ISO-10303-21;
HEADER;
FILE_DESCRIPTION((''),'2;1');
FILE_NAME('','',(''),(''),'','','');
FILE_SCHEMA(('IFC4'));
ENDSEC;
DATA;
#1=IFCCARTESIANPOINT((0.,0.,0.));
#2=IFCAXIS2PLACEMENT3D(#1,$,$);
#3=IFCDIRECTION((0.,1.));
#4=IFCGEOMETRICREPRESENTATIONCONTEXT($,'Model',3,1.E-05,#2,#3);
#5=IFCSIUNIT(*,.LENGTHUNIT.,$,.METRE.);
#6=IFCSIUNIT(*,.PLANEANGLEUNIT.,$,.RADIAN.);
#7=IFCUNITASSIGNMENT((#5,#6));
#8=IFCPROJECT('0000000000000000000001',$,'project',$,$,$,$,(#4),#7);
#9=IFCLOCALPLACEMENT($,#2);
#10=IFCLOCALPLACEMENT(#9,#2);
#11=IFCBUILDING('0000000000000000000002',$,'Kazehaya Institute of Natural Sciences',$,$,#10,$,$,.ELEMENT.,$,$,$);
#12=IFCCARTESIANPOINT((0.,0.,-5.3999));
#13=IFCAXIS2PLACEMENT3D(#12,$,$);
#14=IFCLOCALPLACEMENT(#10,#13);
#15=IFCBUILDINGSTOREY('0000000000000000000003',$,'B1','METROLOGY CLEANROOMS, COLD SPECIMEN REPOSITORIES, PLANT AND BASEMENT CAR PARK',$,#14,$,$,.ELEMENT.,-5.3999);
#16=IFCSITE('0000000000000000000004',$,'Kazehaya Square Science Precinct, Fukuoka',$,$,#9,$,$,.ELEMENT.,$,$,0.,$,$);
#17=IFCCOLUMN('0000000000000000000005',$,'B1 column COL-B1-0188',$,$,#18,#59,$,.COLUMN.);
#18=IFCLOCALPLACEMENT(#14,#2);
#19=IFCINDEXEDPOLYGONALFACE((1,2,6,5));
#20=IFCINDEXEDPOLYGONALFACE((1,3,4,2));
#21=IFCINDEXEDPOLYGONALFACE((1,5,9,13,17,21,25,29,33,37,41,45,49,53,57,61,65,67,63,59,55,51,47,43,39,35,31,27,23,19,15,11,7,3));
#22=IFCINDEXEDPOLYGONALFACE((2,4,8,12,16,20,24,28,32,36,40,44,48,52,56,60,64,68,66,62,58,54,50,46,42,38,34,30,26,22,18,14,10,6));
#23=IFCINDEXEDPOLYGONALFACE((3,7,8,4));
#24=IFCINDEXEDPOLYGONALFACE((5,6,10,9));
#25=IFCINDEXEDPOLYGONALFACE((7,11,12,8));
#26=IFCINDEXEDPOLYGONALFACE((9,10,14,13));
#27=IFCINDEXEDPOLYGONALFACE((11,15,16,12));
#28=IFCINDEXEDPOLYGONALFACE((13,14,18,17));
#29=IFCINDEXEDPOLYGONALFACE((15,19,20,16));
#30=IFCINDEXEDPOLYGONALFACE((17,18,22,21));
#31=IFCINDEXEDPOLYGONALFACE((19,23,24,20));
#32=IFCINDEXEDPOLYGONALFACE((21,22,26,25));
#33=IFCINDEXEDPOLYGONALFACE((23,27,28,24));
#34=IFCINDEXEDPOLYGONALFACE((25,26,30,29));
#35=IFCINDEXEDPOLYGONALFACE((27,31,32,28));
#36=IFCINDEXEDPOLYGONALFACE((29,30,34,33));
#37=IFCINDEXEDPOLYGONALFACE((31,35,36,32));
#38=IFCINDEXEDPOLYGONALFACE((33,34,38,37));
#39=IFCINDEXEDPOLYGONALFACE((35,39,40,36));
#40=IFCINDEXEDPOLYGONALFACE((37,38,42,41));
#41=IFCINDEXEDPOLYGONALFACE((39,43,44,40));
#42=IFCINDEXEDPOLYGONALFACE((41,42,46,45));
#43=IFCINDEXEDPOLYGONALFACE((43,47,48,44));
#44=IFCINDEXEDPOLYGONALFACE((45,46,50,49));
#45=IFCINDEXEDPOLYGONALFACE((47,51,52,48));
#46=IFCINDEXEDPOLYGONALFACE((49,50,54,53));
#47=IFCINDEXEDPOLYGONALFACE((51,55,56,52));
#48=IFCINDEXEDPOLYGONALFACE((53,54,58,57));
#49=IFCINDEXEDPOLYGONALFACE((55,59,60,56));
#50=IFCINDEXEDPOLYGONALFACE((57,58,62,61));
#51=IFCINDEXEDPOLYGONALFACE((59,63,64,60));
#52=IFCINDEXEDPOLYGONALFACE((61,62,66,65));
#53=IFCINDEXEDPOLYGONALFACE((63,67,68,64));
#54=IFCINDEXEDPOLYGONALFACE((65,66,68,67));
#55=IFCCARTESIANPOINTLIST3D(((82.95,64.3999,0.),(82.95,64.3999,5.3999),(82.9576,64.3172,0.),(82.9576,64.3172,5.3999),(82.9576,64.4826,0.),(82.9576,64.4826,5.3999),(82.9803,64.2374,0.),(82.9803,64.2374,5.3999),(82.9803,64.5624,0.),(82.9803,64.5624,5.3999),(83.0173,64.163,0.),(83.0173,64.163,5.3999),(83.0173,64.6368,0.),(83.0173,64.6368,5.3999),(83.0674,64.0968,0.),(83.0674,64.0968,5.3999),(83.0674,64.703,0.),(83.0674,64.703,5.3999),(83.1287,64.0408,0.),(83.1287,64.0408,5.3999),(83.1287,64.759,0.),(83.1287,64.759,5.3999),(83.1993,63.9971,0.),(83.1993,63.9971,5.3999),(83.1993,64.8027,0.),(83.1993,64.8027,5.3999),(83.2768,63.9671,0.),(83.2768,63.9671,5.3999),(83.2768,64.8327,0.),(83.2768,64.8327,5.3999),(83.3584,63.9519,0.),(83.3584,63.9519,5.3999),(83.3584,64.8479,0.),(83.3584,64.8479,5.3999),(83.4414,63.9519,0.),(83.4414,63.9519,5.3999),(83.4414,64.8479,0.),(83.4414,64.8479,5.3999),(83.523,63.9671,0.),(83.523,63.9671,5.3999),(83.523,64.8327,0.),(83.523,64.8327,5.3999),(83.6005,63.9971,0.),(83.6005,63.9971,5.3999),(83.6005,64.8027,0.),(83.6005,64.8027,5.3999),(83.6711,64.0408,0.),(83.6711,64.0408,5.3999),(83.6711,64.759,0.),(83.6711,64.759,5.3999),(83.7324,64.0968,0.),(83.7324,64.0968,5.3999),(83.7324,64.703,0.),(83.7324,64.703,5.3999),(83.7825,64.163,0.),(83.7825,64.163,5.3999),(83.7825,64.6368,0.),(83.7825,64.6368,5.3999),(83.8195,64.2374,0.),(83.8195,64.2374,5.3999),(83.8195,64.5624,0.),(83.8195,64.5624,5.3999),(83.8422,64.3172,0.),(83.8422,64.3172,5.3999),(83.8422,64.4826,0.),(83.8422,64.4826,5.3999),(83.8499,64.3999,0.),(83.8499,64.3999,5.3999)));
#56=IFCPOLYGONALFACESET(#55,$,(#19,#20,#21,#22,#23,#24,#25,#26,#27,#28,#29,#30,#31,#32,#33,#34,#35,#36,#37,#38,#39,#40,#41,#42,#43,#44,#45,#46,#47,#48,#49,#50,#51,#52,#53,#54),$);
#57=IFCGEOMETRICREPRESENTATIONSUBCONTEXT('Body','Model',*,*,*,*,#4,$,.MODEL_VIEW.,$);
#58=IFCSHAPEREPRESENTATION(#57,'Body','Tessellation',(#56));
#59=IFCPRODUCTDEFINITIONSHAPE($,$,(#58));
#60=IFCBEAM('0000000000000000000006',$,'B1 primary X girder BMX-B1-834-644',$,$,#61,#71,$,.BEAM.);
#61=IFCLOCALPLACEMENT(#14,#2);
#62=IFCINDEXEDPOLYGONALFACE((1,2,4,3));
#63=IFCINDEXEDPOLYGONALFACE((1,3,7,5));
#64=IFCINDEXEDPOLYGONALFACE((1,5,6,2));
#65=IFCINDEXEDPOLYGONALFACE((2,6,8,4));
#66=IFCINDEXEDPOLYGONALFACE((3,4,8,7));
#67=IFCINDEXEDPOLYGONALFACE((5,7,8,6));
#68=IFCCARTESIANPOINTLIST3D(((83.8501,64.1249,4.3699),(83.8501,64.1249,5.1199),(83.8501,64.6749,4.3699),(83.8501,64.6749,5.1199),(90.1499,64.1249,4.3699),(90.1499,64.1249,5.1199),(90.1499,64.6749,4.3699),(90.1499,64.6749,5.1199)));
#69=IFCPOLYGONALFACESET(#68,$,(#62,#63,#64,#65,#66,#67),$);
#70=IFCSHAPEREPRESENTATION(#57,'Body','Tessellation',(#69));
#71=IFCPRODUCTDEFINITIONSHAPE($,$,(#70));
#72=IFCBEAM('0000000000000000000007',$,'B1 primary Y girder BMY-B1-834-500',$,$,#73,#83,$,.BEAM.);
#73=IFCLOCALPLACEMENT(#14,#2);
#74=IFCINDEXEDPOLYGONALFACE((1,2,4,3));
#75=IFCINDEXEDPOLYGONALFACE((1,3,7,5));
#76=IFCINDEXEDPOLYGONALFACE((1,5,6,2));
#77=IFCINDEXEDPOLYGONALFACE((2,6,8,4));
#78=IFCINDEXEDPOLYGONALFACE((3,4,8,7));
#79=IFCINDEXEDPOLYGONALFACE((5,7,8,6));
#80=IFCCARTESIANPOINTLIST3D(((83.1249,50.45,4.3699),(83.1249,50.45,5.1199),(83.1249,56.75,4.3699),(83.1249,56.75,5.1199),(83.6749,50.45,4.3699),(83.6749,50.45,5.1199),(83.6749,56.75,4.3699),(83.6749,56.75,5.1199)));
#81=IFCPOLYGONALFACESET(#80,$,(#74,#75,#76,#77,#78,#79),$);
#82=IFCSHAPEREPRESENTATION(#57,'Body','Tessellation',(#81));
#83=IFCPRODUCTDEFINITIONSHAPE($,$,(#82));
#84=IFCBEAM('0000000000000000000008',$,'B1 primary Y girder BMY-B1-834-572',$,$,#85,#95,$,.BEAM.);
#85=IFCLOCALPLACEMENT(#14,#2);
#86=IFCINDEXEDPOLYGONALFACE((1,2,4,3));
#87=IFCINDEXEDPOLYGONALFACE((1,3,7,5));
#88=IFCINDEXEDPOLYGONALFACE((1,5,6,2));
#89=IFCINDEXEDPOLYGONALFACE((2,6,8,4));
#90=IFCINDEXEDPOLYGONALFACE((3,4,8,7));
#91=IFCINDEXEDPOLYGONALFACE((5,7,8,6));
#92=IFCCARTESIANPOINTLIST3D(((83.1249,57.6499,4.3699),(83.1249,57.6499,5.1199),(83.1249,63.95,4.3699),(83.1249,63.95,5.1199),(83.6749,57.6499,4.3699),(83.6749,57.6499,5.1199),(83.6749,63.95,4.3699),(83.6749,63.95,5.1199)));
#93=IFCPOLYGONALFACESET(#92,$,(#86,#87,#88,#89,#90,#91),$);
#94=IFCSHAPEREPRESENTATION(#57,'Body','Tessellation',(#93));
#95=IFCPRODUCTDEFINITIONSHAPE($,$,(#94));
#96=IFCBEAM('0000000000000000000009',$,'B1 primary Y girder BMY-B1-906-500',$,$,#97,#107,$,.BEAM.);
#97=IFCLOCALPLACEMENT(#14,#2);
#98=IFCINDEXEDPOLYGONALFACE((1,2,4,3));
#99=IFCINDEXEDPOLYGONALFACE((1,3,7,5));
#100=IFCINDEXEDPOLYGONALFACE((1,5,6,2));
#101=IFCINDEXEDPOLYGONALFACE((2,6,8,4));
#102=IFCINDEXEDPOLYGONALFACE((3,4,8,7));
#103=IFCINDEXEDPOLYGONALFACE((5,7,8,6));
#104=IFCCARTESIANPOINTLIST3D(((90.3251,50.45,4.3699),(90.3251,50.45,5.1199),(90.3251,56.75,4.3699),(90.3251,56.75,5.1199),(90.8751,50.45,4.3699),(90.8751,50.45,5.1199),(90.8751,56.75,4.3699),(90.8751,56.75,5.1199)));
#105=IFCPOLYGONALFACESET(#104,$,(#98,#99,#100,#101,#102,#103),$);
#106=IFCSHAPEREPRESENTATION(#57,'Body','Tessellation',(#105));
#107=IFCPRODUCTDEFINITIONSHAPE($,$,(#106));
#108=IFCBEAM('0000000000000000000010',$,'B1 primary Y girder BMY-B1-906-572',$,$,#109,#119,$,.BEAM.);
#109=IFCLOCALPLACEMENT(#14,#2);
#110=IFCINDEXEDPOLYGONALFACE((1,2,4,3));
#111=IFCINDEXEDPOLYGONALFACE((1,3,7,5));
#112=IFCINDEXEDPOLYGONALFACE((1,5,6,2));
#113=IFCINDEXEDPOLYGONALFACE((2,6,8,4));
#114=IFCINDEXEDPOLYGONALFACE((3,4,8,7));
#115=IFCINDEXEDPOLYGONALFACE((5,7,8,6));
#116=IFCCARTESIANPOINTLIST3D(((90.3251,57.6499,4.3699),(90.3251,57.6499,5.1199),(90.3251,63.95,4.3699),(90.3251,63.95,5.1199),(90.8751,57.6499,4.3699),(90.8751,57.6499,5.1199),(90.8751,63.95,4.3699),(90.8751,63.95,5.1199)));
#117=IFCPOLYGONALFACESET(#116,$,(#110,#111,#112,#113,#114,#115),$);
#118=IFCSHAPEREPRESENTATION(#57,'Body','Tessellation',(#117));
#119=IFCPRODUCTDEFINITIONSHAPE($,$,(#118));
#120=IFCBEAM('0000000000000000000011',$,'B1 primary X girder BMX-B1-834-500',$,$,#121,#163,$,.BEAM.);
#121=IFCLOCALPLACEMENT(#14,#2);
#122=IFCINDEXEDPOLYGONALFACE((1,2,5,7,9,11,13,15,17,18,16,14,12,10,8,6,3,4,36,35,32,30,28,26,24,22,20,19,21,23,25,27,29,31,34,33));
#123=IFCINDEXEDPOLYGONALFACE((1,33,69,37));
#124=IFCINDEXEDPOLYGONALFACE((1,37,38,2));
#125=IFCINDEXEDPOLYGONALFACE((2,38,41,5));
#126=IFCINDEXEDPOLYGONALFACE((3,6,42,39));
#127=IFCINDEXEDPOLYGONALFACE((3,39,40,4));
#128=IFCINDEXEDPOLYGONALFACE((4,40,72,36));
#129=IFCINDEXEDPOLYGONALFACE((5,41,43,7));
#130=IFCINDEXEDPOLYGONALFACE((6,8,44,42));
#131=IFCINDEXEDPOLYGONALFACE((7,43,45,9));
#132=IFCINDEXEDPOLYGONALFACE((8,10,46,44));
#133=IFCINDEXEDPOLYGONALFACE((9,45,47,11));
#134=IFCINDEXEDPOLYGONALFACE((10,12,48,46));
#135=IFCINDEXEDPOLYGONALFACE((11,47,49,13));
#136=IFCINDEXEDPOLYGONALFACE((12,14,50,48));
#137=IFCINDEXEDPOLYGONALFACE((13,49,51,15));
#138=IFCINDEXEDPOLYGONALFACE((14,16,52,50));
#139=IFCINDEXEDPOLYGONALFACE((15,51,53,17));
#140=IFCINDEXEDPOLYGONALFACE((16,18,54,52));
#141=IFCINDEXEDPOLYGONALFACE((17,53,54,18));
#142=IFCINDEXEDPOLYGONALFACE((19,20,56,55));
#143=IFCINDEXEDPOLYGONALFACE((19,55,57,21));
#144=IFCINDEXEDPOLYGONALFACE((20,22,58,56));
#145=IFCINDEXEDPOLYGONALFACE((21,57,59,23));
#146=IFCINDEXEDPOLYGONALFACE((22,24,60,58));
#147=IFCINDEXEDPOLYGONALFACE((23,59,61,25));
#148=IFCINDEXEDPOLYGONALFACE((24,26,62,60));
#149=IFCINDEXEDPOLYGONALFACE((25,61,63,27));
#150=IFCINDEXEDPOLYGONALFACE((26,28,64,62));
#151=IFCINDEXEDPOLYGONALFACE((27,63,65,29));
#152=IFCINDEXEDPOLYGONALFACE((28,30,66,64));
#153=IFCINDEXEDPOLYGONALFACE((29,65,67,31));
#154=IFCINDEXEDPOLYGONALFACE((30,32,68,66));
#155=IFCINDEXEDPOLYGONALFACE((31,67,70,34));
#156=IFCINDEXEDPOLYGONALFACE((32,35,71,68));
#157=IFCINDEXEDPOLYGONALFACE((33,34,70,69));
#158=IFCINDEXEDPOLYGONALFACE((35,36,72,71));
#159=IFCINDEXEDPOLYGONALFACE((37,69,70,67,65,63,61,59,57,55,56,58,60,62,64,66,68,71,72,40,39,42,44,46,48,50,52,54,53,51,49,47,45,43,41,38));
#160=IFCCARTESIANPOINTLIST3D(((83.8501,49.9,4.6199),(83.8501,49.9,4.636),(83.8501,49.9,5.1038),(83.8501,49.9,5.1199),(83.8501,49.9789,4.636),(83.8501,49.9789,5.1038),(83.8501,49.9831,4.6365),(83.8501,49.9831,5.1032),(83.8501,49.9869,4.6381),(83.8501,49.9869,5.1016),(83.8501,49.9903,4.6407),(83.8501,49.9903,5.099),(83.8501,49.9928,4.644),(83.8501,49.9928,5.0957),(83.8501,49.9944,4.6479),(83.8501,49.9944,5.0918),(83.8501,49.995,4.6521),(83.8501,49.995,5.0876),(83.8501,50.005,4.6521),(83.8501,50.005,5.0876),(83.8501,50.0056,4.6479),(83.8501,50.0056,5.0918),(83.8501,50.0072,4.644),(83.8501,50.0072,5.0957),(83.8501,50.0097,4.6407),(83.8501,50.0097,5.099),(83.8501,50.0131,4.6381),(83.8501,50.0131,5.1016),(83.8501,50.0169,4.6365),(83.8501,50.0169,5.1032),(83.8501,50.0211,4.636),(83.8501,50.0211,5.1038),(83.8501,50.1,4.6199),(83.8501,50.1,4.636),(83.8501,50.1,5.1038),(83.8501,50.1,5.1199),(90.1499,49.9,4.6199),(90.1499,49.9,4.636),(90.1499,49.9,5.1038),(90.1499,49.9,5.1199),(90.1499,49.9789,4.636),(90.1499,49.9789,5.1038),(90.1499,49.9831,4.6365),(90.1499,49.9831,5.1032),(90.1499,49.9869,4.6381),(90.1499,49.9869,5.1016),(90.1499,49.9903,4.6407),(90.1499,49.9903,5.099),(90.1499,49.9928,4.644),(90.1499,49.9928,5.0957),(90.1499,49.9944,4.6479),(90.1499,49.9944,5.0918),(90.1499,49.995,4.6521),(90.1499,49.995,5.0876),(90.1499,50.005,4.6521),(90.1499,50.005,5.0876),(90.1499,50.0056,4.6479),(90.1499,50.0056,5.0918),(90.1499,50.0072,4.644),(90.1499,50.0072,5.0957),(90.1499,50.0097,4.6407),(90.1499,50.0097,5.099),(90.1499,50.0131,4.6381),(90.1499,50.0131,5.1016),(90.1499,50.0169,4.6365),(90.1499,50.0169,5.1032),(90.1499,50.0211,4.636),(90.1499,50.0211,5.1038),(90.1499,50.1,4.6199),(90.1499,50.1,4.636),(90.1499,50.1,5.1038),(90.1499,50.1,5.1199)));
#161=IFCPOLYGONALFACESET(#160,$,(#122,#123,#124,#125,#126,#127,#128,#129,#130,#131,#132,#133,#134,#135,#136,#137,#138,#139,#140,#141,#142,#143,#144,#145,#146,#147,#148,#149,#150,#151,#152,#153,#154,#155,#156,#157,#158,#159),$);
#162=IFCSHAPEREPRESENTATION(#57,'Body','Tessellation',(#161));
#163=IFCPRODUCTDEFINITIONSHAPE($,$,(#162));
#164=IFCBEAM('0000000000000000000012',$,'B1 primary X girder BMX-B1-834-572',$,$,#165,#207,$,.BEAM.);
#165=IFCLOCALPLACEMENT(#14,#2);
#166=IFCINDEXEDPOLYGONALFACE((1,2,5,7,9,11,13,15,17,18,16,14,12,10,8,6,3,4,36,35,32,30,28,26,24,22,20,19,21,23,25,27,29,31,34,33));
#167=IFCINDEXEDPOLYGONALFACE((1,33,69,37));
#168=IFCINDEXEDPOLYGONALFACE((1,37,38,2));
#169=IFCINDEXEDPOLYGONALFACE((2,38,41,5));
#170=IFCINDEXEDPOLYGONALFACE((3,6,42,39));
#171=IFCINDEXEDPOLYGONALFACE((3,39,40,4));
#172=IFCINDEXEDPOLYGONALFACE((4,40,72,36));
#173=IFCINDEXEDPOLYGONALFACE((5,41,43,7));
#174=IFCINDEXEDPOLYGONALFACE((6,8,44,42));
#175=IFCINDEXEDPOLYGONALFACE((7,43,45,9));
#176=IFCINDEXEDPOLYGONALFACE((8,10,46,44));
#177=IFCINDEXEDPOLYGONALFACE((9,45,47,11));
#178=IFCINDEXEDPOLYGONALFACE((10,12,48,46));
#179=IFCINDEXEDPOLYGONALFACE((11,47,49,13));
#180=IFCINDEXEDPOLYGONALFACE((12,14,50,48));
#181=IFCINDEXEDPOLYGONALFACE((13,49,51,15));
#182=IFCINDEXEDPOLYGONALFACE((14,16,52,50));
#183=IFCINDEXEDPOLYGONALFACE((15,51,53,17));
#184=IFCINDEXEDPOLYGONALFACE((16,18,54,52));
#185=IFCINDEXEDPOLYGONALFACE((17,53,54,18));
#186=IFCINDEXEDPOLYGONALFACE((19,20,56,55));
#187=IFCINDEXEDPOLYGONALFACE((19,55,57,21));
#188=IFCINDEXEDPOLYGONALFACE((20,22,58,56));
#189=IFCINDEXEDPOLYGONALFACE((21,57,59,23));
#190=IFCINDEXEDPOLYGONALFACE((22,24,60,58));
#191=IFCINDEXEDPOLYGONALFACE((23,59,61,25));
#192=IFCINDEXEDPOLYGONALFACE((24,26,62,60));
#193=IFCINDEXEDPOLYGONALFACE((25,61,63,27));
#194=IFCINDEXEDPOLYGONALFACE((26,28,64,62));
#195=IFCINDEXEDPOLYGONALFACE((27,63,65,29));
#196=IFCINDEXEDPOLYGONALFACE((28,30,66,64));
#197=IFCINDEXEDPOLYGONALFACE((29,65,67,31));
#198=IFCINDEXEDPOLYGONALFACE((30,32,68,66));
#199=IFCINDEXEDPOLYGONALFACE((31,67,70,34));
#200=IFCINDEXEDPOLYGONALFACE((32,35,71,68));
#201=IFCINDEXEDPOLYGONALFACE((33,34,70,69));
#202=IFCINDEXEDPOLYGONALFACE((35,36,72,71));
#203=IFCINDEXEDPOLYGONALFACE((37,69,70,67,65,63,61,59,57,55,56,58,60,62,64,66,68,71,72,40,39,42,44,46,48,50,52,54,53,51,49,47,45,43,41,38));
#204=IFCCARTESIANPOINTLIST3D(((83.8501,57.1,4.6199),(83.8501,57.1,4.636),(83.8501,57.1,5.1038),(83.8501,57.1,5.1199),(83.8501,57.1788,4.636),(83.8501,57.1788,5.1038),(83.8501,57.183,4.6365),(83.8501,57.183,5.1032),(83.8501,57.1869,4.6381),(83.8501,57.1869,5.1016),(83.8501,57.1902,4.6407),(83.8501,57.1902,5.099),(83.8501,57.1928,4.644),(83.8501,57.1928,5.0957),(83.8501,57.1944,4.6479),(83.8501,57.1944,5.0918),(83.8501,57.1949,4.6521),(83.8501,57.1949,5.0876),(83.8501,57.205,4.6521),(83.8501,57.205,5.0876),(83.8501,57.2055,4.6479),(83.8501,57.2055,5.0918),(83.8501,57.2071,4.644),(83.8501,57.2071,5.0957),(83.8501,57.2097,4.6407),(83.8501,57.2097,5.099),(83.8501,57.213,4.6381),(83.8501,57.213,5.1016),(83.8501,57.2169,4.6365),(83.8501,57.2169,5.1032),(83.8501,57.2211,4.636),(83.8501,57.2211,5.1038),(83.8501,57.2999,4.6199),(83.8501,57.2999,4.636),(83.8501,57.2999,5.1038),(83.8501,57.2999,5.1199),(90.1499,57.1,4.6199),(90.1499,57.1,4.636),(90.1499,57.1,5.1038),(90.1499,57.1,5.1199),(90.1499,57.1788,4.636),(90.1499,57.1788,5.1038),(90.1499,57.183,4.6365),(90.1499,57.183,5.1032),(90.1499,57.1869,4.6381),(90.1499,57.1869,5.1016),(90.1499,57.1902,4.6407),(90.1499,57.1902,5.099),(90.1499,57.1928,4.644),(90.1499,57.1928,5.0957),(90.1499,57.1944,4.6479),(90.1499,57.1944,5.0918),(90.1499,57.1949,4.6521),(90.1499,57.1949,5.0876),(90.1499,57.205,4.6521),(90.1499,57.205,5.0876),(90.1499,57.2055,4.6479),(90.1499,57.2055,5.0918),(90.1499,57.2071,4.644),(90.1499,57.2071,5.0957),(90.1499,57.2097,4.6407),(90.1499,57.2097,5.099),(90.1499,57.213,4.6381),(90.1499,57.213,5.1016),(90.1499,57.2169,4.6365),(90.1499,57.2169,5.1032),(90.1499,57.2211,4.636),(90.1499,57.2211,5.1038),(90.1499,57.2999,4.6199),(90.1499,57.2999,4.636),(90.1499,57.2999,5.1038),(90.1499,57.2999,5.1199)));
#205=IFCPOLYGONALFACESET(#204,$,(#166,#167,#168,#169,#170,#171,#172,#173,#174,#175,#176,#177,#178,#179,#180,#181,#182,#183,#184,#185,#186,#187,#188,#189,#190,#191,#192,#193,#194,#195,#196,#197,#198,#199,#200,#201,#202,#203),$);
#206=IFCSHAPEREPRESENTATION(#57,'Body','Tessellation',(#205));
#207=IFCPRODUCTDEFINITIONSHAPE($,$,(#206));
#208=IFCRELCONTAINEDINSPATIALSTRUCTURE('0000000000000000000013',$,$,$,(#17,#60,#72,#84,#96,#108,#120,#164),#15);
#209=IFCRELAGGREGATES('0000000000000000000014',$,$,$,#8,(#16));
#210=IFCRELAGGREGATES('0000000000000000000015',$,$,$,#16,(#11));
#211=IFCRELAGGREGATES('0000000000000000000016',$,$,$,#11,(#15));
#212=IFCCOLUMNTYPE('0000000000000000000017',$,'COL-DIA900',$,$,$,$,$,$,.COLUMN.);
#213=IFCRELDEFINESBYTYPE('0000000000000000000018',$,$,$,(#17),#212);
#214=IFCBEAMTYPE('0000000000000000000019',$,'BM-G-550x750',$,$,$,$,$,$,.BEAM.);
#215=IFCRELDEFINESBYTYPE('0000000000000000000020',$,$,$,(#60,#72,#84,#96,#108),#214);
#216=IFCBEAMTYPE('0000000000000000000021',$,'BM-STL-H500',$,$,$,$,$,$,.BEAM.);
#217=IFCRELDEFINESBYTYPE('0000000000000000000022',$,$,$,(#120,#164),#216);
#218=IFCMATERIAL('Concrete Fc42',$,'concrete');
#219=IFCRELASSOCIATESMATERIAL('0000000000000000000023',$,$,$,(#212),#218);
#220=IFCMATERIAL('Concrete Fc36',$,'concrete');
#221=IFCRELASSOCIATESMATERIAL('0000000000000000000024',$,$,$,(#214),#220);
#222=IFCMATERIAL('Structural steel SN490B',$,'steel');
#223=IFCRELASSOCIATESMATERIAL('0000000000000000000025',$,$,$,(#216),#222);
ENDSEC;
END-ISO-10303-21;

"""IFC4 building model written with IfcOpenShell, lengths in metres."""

from ifc_helpers import new_model, si_unit, direction, frame, origin, origin_2d, place, context, subcontext, project, spatial, rectangle, circle, i_section, extrude, material, material_profile, profile_set, type_object, element, save


model = new_model("IFC4")

# Units and contexts
model_context = context("Model", 3, precision=1e-05, world=origin(), true_north=direction((0.0, 1.0)))
body_context = subcontext(model_context, "Body", "Model", "MODEL_VIEW")
ifc_project = project(units=[si_unit("LENGTHUNIT", "METRE"), si_unit("PLANEANGLEUNIT", "RADIAN")], contexts=[model_context])

# Site, building, storey
site_placement = place(None, origin())
site = spatial("IfcSite", under=ifc_project, at=site_placement, Name="Kazehaya Square Science Precinct, Fukuoka", CompositionType="ELEMENT", RefElevation=0.0)
building_placement = place(site_placement, origin())
building = spatial("IfcBuilding", under=site, at=building_placement, Name="Kazehaya Institute of Natural Sciences", CompositionType="ELEMENT")
storey_placement = place(building_placement, frame((0.0, 0.0, -5.3999)))
storey = spatial("IfcBuildingStorey", under=building, at=storey_placement, Name="B1", Description="METROLOGY CLEANROOMS, COLD SPECIMEN REPOSITORIES, PLANT AND BASEMENT CAR PARK", CompositionType="ELEMENT", Elevation=-5.3999)

# Shared definitions
ifc_material_1 = material(Name="Concrete Fc36", Category="concrete")

# Column
ifc_material_2 = material(Name="Concrete Fc42", Category="concrete")
ifc_material_profile_1 = material_profile(ifc_material_2, circle(Radius=0.45, at=origin_2d()), Name="RC-DIA900")
ifc_profile_set_1 = profile_set([ifc_material_profile_1], Name="Concrete Fc42")
column_type = type_object("IfcColumnType", Name="COL-DIA900", PredefinedType="COLUMN", material=ifc_profile_set_1)
for number, where, z_axis, x_axis, name in (
    (1, (83.3999, 64.3999, 0.0), (0.0, 0.0, 1.0), (1.0, 0.0, 0.0), "B1 column COL-B1-0188"),
):
    element("IfcColumn", number, at=place(storey_placement, frame(where, z_axis=z_axis, x_axis=x_axis)), inside=storey, type_object=column_type, Name=name, PredefinedType="COLUMN", context=body_context, shape_type="SweptSolid", body=[
        extrude(circle(Radius=0.45, at=origin_2d()), origin(), (0.0, 0.0, 1.0), 5.3999),
    ])

# Beams
ifc_material_profile_2 = material_profile(ifc_material_1, rectangle(XDim=0.55, YDim=0.75, at=origin_2d()), Name="RC-550x750")
ifc_profile_set_2 = profile_set([ifc_material_profile_2], Name="Concrete Fc36")
beam_type_1 = type_object("IfcBeamType", Name="BM-G-550x750", PredefinedType="BEAM", material=ifc_profile_set_2)
beam_1_placement = place(storey_placement, frame((83.8501, 64.3999, 4.7449), z_axis=(1.0, 0.0, 0.0), x_axis=(0.0, 1.0, 0.0)))
element("IfcBeam", 2, at=beam_1_placement, inside=storey, type_object=beam_type_1, Name="B1 primary X girder BMX-B1-834-644", PredefinedType="BEAM", context=body_context, shape_type="SweptSolid", body=[
    extrude(rectangle(XDim=0.55, YDim=0.75, at=origin_2d()), origin(), (0.0, 0.0, 1.0), 6.2998),
])
for number, where, z_axis, x_axis, name in (
    (3, (83.3999, 50.45, 4.7449), (0.0, 1.0, 0.0), (-1.0, 0.0, 0.0), "B1 primary Y girder BMY-B1-834-500"),
    (4, (83.3999, 57.6499, 4.7449), (0.0, 1.0, 0.0), (-1.0, 0.0, 0.0), "B1 primary Y girder BMY-B1-834-572"),
    (5, (90.6001, 50.45, 4.7449), (0.0, 1.0, 0.0), (-1.0, 0.0, 0.0), "B1 primary Y girder BMY-B1-906-500"),
    (6, (90.6001, 57.6499, 4.7449), (0.0, 1.0, 0.0), (-1.0, 0.0, 0.0), "B1 primary Y girder BMY-B1-906-572"),
):
    element("IfcBeam", number, at=place(storey_placement, frame(where, z_axis=z_axis, x_axis=x_axis)), inside=storey, type_object=beam_type_1, Name=name, PredefinedType="BEAM", context=body_context, shape_type="SweptSolid", body=[
        extrude(rectangle(XDim=0.55, YDim=0.75, at=origin_2d()), origin(), (0.0, 0.0, 1.0), 6.3),
    ])
ifc_material_3 = material(Name="Structural steel SN490B", Category="steel")
ifc_material_profile_3 = material_profile(ifc_material_3, i_section(OverallWidth=0.2, OverallDepth=0.5, WebThickness=0.01, FlangeThickness=0.0161, FilletRadius=0.0161, at=origin_2d()), Name="H-500x200x10x16")
ifc_profile_set_3 = profile_set([ifc_material_profile_3], Name="Structural steel SN490B")
beam_type_2 = type_object("IfcBeamType", Name="BM-STL-H500", PredefinedType="BEAM", material=ifc_profile_set_3)
for number, where, z_axis, x_axis, name in (
    (7, (83.8501, 50.0, 4.8699), (1.0, 0.0, 0.0), (0.0, 1.0, 0.0), "B1 primary X girder BMX-B1-834-500"),
    (8, (83.8501, 57.2, 4.8699), (1.0, 0.0, 0.0), (0.0, 1.0, 0.0), "B1 primary X girder BMX-B1-834-572"),
):
    element("IfcBeam", number, at=place(storey_placement, frame(where, z_axis=z_axis, x_axis=x_axis)), inside=storey, type_object=beam_type_2, Name=name, PredefinedType="BEAM", context=body_context, shape_type="SweptSolid", body=[
        extrude(i_section(OverallWidth=0.2, OverallDepth=0.5, WebThickness=0.01, FlangeThickness=0.0161, FilletRadius=0.0161, at=origin_2d()), origin(), (0.0, 0.0, 1.0), 6.2998),
    ])

save(model, "model.ifc")
